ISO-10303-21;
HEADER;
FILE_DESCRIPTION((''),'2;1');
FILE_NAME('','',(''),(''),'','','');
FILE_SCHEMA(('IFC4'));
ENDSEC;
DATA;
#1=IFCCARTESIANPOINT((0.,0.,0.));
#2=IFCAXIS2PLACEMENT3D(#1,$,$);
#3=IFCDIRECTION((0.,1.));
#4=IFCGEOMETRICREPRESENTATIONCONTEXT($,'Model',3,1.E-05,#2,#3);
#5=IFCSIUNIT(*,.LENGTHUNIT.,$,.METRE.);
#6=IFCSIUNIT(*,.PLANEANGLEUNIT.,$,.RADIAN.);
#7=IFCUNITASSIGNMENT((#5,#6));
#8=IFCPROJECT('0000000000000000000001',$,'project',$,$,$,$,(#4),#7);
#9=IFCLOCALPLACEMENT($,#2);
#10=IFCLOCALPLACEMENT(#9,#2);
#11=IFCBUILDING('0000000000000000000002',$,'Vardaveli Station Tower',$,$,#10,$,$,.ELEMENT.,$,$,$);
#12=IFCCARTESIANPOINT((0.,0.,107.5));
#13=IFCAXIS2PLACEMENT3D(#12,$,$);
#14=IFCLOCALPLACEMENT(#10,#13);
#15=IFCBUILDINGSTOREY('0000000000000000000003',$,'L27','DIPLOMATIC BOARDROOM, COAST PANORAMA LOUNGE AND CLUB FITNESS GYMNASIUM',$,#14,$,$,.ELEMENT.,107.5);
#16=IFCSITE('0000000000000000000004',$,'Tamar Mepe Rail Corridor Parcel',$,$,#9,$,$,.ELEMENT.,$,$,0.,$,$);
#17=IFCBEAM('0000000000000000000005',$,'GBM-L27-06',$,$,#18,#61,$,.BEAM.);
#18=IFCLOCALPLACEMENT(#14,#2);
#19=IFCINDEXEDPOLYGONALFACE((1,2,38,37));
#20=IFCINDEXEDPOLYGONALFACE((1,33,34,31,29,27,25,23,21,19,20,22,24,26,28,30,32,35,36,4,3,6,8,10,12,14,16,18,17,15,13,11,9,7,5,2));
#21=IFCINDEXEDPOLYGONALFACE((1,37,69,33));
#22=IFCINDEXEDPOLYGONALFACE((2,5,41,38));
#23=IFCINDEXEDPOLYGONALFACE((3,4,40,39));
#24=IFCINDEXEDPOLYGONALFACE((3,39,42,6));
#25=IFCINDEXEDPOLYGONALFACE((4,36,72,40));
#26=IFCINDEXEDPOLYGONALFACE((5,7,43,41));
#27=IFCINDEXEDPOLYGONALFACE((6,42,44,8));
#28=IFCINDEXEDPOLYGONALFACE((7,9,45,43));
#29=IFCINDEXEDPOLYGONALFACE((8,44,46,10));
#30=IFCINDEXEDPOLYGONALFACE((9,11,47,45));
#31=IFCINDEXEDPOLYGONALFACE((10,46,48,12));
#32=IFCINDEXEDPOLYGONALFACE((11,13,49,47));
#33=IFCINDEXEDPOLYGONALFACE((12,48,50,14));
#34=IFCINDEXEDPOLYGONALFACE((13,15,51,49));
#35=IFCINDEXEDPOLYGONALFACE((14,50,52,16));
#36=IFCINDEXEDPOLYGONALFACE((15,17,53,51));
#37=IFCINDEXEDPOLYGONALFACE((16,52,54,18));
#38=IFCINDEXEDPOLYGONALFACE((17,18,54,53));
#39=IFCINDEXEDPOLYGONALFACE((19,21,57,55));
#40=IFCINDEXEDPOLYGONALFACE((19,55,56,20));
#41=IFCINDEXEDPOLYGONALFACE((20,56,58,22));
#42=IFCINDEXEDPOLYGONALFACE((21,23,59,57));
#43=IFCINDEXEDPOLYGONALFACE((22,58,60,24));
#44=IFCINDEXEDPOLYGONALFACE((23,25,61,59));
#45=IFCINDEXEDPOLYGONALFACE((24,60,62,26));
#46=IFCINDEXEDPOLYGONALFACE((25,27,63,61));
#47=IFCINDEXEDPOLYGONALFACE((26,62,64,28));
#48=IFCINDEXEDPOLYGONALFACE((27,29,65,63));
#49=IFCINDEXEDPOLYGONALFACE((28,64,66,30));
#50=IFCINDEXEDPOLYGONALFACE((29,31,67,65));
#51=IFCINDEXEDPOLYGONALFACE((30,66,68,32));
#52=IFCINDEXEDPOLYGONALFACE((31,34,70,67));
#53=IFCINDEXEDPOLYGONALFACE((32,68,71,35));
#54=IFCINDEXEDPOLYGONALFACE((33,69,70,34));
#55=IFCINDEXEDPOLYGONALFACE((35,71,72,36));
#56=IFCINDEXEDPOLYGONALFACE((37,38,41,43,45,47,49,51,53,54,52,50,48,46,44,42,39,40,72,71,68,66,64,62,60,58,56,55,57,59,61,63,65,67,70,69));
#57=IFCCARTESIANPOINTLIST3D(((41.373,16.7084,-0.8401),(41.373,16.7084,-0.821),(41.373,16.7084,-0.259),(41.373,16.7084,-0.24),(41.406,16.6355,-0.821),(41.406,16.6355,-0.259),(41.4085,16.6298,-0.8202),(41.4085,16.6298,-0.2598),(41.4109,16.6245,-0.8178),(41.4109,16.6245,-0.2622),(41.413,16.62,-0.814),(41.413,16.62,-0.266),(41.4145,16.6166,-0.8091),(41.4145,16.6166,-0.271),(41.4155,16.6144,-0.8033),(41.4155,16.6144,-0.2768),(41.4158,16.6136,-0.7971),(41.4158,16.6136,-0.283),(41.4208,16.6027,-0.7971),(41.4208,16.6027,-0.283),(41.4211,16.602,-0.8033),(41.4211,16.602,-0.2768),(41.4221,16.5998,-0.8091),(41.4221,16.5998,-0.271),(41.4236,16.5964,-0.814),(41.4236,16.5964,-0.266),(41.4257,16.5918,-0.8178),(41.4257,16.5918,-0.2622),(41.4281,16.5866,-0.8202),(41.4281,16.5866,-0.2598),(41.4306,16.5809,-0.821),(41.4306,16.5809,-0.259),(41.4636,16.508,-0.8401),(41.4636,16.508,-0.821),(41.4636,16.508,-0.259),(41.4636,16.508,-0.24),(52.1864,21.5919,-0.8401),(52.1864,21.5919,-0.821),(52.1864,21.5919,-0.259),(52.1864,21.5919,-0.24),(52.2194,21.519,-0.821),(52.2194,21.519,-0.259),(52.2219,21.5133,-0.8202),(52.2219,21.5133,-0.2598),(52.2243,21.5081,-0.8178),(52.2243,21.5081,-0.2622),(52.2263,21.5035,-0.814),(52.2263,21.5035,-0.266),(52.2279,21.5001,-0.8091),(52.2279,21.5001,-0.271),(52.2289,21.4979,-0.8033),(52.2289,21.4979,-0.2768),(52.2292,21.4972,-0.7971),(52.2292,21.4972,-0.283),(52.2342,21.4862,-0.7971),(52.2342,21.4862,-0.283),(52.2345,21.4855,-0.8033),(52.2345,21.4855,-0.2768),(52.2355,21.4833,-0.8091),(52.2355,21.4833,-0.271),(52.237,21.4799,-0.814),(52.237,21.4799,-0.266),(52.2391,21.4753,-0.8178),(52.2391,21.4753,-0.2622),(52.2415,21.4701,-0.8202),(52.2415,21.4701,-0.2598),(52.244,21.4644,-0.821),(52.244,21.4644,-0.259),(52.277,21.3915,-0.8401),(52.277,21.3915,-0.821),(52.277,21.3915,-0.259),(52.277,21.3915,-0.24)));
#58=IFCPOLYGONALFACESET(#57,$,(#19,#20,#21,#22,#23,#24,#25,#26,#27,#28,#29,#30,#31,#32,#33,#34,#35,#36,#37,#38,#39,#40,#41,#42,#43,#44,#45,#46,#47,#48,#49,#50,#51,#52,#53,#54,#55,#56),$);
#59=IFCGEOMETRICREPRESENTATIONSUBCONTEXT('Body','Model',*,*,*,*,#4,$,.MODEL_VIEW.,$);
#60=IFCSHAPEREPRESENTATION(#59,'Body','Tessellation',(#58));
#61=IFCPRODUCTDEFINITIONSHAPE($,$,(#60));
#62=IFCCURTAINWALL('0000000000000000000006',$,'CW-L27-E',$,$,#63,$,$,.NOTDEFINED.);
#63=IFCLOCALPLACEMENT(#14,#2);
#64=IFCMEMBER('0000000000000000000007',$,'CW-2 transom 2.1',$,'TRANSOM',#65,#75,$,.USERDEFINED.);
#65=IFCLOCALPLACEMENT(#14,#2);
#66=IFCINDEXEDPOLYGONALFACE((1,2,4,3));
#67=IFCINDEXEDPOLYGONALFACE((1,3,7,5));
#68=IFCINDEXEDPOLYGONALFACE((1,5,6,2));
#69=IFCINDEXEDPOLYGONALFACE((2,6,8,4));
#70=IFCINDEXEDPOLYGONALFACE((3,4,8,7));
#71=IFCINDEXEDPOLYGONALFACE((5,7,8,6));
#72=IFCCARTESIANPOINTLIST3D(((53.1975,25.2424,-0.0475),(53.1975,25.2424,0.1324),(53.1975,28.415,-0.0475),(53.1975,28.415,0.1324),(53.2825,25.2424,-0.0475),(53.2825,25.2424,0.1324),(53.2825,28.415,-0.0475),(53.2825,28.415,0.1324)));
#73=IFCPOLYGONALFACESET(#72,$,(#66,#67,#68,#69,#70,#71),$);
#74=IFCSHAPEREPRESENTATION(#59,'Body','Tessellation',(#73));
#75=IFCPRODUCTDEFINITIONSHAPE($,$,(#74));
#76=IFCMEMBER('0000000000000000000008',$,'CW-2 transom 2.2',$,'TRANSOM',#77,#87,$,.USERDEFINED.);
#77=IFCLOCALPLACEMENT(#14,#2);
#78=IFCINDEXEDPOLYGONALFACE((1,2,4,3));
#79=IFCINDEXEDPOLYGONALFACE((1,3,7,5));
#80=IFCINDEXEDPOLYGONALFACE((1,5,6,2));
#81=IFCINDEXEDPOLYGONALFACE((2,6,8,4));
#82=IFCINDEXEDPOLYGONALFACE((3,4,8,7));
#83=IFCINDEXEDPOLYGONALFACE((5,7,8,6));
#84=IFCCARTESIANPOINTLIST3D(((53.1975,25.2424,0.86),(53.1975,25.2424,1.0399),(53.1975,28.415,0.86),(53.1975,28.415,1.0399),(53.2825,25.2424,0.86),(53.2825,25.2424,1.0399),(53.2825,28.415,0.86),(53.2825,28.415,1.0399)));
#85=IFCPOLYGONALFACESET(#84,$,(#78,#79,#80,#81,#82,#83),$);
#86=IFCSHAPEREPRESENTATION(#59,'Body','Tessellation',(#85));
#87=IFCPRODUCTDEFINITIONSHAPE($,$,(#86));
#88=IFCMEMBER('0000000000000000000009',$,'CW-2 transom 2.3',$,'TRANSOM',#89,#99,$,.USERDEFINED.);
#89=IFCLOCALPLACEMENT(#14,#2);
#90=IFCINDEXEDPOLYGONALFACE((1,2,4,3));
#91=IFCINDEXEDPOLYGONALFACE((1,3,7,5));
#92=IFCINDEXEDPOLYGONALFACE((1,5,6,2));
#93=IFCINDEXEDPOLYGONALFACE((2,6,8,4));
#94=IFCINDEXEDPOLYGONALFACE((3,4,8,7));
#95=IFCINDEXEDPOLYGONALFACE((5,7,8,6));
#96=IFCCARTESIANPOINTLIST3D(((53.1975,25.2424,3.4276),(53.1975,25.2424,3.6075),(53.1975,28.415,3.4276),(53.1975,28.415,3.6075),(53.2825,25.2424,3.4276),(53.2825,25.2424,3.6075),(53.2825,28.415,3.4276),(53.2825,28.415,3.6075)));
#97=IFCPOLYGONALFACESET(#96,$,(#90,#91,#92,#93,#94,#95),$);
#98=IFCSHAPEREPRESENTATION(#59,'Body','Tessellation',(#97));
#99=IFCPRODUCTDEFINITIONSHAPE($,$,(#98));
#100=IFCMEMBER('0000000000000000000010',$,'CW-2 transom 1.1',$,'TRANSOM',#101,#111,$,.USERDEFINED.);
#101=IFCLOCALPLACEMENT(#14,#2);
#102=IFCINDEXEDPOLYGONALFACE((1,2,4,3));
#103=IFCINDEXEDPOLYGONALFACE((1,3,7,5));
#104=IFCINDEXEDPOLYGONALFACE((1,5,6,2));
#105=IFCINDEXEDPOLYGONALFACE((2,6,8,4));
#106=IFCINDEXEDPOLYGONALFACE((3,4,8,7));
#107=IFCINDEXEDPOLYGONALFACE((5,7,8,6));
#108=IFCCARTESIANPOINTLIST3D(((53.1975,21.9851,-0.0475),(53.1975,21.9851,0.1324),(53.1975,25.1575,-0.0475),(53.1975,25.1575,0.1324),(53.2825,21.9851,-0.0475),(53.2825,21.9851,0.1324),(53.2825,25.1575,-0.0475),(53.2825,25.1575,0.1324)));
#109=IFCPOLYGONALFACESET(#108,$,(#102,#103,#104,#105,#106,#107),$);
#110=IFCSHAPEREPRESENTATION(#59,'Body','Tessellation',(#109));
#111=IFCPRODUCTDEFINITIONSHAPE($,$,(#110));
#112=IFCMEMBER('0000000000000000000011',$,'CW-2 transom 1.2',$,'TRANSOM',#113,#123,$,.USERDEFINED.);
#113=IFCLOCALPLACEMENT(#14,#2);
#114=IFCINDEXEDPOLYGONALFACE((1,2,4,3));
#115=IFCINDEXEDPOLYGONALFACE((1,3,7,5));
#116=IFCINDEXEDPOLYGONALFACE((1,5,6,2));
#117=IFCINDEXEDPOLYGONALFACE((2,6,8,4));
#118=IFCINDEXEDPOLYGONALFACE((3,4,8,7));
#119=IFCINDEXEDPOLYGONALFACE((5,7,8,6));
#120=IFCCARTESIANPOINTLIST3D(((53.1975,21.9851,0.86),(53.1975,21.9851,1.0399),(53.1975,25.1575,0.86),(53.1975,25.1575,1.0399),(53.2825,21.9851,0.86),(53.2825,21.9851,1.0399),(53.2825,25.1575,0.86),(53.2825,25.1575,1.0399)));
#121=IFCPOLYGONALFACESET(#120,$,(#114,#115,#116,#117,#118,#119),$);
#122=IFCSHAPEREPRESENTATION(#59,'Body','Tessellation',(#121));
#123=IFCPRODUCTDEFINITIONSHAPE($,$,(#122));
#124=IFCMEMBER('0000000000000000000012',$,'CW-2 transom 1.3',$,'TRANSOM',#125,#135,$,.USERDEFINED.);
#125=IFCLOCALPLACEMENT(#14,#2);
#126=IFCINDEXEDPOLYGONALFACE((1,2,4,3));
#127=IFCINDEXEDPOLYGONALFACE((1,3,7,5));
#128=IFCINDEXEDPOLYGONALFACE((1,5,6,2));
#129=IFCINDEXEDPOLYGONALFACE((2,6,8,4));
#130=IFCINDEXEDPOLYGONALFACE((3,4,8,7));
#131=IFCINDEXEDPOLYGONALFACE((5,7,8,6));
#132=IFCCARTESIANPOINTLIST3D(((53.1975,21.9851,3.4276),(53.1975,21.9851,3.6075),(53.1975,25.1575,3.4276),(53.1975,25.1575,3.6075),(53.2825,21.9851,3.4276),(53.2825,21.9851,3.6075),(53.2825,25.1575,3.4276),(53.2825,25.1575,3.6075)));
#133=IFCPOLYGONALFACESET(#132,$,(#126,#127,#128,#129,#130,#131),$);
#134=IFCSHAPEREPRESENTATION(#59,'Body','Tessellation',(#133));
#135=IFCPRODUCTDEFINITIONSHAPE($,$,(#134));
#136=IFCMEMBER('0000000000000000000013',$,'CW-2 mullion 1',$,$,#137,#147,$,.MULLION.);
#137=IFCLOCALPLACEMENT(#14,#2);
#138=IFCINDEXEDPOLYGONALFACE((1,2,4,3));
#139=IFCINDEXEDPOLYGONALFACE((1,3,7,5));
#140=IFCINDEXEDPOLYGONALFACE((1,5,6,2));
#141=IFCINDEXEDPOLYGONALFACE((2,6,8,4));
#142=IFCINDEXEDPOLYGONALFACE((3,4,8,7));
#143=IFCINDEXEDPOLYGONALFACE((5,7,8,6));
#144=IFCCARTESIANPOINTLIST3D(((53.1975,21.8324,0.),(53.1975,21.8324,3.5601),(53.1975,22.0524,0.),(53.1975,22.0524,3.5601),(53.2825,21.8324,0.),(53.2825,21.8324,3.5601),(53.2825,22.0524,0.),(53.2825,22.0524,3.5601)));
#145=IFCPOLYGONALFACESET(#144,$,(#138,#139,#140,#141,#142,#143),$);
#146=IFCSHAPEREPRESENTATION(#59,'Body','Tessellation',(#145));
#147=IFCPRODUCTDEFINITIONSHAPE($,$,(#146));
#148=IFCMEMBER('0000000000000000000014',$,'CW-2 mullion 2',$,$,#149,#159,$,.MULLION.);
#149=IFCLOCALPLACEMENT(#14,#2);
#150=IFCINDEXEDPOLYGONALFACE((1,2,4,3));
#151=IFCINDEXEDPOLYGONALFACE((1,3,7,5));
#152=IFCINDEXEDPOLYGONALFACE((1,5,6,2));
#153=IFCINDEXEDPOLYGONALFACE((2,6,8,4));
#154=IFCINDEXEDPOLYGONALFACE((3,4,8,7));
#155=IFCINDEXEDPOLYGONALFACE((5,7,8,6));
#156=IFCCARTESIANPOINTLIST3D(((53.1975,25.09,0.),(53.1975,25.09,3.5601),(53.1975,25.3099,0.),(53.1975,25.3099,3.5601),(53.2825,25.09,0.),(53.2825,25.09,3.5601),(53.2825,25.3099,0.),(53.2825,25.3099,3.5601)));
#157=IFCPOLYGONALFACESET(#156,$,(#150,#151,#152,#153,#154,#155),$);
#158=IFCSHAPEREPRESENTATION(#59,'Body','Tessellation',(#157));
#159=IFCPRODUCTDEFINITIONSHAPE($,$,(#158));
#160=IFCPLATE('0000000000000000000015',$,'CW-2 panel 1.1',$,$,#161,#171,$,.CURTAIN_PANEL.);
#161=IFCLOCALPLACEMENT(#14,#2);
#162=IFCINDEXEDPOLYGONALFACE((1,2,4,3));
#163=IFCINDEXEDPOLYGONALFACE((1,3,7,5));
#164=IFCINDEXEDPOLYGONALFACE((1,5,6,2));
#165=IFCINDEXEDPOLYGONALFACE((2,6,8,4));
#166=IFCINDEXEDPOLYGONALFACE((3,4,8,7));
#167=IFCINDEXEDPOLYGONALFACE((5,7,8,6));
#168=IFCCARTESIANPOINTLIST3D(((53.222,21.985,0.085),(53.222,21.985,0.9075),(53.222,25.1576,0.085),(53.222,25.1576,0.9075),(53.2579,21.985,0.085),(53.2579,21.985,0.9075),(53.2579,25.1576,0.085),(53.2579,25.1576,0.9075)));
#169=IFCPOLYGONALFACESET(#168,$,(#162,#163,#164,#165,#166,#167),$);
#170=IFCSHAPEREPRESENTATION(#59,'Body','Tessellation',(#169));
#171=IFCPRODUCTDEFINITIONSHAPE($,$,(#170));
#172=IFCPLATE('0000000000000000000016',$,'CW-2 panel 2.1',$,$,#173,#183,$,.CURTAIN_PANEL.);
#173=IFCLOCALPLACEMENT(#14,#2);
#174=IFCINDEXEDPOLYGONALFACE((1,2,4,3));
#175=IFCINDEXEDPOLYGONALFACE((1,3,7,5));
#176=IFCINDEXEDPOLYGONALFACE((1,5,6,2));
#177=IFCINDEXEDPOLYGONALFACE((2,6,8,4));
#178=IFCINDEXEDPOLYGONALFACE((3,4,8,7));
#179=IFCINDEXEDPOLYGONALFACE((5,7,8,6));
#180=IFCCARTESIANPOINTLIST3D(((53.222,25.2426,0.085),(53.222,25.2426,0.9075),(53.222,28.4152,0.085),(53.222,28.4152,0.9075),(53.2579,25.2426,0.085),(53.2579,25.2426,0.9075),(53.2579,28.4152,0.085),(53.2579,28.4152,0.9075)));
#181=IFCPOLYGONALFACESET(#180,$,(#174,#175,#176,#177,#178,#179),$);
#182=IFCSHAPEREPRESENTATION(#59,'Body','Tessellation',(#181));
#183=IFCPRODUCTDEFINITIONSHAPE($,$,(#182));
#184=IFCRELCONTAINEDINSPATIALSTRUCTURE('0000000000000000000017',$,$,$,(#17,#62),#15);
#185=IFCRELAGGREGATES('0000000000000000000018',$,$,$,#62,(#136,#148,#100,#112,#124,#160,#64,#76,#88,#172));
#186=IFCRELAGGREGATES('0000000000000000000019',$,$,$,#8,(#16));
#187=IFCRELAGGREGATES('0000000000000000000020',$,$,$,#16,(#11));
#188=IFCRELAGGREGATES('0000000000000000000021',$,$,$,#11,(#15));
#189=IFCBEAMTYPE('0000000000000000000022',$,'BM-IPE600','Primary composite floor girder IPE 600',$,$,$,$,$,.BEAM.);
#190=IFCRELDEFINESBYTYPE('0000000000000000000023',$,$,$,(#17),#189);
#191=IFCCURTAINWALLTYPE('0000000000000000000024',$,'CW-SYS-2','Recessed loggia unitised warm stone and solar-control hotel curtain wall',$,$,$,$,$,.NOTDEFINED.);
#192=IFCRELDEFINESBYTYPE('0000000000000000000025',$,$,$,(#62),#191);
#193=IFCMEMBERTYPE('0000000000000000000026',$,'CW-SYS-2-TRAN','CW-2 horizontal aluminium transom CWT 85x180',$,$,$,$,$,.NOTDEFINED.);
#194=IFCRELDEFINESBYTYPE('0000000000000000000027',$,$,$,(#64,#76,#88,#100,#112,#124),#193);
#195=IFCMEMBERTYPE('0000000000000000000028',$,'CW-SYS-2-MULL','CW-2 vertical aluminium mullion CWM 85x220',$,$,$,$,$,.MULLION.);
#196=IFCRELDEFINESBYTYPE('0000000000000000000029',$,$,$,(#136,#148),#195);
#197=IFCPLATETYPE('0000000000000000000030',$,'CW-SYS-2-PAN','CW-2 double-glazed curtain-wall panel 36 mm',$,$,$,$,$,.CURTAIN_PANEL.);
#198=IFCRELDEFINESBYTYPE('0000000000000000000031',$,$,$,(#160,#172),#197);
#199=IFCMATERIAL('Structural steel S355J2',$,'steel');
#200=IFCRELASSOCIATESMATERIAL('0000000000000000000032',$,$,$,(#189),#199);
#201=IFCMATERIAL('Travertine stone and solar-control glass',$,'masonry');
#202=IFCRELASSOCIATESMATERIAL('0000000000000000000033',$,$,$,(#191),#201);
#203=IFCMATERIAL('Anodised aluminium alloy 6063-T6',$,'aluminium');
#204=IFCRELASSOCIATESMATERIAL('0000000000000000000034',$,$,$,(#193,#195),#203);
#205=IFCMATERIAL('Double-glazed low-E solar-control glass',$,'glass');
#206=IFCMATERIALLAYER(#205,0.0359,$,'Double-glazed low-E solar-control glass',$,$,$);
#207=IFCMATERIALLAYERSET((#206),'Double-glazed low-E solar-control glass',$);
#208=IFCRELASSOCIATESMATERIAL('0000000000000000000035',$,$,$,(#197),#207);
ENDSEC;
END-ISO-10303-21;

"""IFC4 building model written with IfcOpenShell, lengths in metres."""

from ifc_helpers import new_model, si_unit, direction, frame, origin, origin_2d, place, context, subcontext, project, spatial, rectangle, i_section, extrude, source, transform, mapped, material, layer, layer_set, material_profile, profile_set, type_object, element, aggregate, save


model = new_model("IFC4")

# Units and contexts
model_context = context("Model", 3, precision=1e-05, world=origin(), true_north=direction((0.0, 1.0)))
body_context = subcontext(model_context, "Body", "Model", "MODEL_VIEW")
ifc_project = project(units=[si_unit("LENGTHUNIT", "METRE"), si_unit("PLANEANGLEUNIT", "RADIAN")], contexts=[model_context])

# Site, building, storey
site_placement = place(None, origin())
site = spatial("IfcSite", under=ifc_project, at=site_placement, Name="Tamar Mepe Rail Corridor Parcel", CompositionType="ELEMENT", RefElevation=0.0)
building_placement = place(site_placement, origin())
building = spatial("IfcBuilding", under=site, at=building_placement, Name="Vardaveli Station Tower", CompositionType="ELEMENT")
storey_placement = place(building_placement, frame((0.0, 0.0, 107.5)))
storey = spatial("IfcBuildingStorey", under=building, at=storey_placement, Name="L27", Description="DIPLOMATIC BOARDROOM, COAST PANORAMA LOUNGE AND CLUB FITNESS GYMNASIUM", CompositionType="ELEMENT", Elevation=107.5)

# Beam
ifc_material_1 = material(Name="Structural steel S355J2", Category="steel")
ifc_material_profile_1 = material_profile(ifc_material_1, i_section(OverallWidth=0.22, OverallDepth=0.6001, WebThickness=0.012, FlangeThickness=0.019, FilletRadius=0.0239, at=origin_2d()), Name="IPE 600")
ifc_profile_set_1 = profile_set([ifc_material_profile_1], Name="Structural steel S355J2")
beam_type_1 = type_object("IfcBeamType", Name="BM-IPE600", Description="Primary composite floor girder IPE 600", PredefinedType="BEAM", material=ifc_profile_set_1)
shared_shape_1 = source(origin(), body_context, "Body", "SweptSolid", [
    extrude(i_section(OverallWidth=0.22, OverallDepth=0.6001, WebThickness=0.012, FlangeThickness=0.019, FilletRadius=0.0239, at=origin_2d()), origin(), (0.0, 0.0, 1.0), 11.865),
])
beam_1_placement = place(storey_placement, frame((52.2317, 21.4917, -0.54), z_axis=(-0.911369, -0.411589, 0.0), x_axis=(0.411589, -0.911369, 0.0)))
element("IfcBeam", 1, at=beam_1_placement, inside=storey, type_object=beam_type_1, Name="GBM-L27-06", PredefinedType="BEAM", context=body_context, shape_type="MappedRepresentation", body=[
    mapped(shared_shape_1, transform((0.0, 0.0, 0.0), scale=1.0)),
])

# Curtain wall, members, plates
ifc_material_2 = material(Name="Travertine stone and solar-control glass", Category="masonry")
curtain_wall_type = type_object("IfcCurtainWallType", Name="CW-SYS-2", Description="Recessed loggia unitised warm stone and solar-control hotel curtain wall", PredefinedType="NOTDEFINED", material=ifc_material_2)
curtain_wall_placement = place(storey_placement, origin())
curtain_wall = element("IfcCurtainWall", 2, at=curtain_wall_placement, inside=storey, type_object=curtain_wall_type, Name="CW-L27-E", PredefinedType="NOTDEFINED")
ifc_material_3 = material(Name="Anodised aluminium alloy 6063-T6", Category="aluminium")
ifc_material_profile_2 = material_profile(ifc_material_3, rectangle(XDim=0.085, YDim=0.1799, at=origin_2d()), Name="CWT 85x180")
ifc_profile_set_2 = profile_set([ifc_material_profile_2], Name="Anodised aluminium alloy 6063-T6")
member_type_1 = type_object("IfcMemberType", Name="CW-SYS-2-TRAN", Description="CW-2 horizontal aluminium transom CWT 85x180", PredefinedType="NOTDEFINED", material=ifc_profile_set_2)
shared_shape_2 = source(origin(), body_context, "Body", "SweptSolid", [
    extrude(rectangle(XDim=0.085, YDim=0.1799, at=origin_2d()), origin(), (0.0, 0.0, 1.0), 3.1726),
])
member_1_placement = place(storey_placement, frame((53.24, 25.2424, 0.0425), z_axis=(0.0, 1.0, 0.0), x_axis=(-1.0, 0.0, 0.0)))
member_1 = element("IfcMember", 3, at=member_1_placement, type_object=member_type_1, Name="CW-2 transom 2.1", ObjectType="TRANSOM", PredefinedType="USERDEFINED", context=body_context, shape_type="MappedRepresentation", body=[
    mapped(shared_shape_2, transform((0.0, 0.0, 0.0), scale=1.0)),
])
member_2_placement = place(storey_placement, frame((53.24, 25.2424, 0.95), z_axis=(0.0, 1.0, 0.0), x_axis=(-1.0, 0.0, 0.0)))
member_2 = element("IfcMember", 4, at=member_2_placement, type_object=member_type_1, Name="CW-2 transom 2.2", ObjectType="TRANSOM", PredefinedType="USERDEFINED", context=body_context, shape_type="MappedRepresentation", body=[
    mapped(shared_shape_2, transform((0.0, 0.0, 0.0), scale=1.0)),
])
member_3_placement = place(storey_placement, frame((53.24, 25.2424, 3.5176), z_axis=(0.0, 1.0, 0.0), x_axis=(-1.0, 0.0, 0.0)))
member_3 = element("IfcMember", 5, at=member_3_placement, type_object=member_type_1, Name="CW-2 transom 2.3", ObjectType="TRANSOM", PredefinedType="USERDEFINED", context=body_context, shape_type="MappedRepresentation", body=[
    mapped(shared_shape_2, transform((0.0, 0.0, 0.0), scale=1.0)),
])
shared_shape_3 = source(origin(), body_context, "Body", "SweptSolid", [
    extrude(rectangle(XDim=0.085, YDim=0.1799, at=origin_2d()), origin(), (0.0, 0.0, 1.0), 3.1724),
])
member_4_placement = place(storey_placement, frame((53.24, 21.9851, 0.0425), z_axis=(0.0, 1.0, 0.0), x_axis=(-1.0, 0.0, 0.0)))
member_4 = element("IfcMember", 6, at=member_4_placement, type_object=member_type_1, Name="CW-2 transom 1.1", ObjectType="TRANSOM", PredefinedType="USERDEFINED", context=body_context, shape_type="MappedRepresentation", body=[
    mapped(shared_shape_3, transform((0.0, 0.0, 0.0), scale=1.0)),
])
member_5_placement = place(storey_placement, frame((53.24, 21.9851, 0.95), z_axis=(0.0, 1.0, 0.0), x_axis=(-1.0, 0.0, 0.0)))
member_5 = element("IfcMember", 7, at=member_5_placement, type_object=member_type_1, Name="CW-2 transom 1.2", ObjectType="TRANSOM", PredefinedType="USERDEFINED", context=body_context, shape_type="MappedRepresentation", body=[
    mapped(shared_shape_3, transform((0.0, 0.0, 0.0), scale=1.0)),
])
member_6_placement = place(storey_placement, frame((53.24, 21.9851, 3.5176), z_axis=(0.0, 1.0, 0.0), x_axis=(-1.0, 0.0, 0.0)))
member_6 = element("IfcMember", 8, at=member_6_placement, type_object=member_type_1, Name="CW-2 transom 1.3", ObjectType="TRANSOM", PredefinedType="USERDEFINED", context=body_context, shape_type="MappedRepresentation", body=[
    mapped(shared_shape_3, transform((0.0, 0.0, 0.0), scale=1.0)),
])
ifc_material_profile_3 = material_profile(ifc_material_3, rectangle(XDim=0.085, YDim=0.22, at=origin_2d()), Name="CWM 85x220")
ifc_profile_set_3 = profile_set([ifc_material_profile_3], Name="Anodised aluminium alloy 6063-T6")
member_type_2 = type_object("IfcMemberType", Name="CW-SYS-2-MULL", Description="CW-2 vertical aluminium mullion CWM 85x220", PredefinedType="MULLION", material=ifc_profile_set_3)
shared_shape_4 = source(origin(), body_context, "Body", "SweptSolid", [
    extrude(rectangle(XDim=0.085, YDim=0.22, at=origin_2d()), origin(), (0.0, 0.0, 1.0), 3.5601),
])
member_7_placement = place(storey_placement, frame((53.24, 21.9424, 0.0), z_axis=(0.0, 0.0, 1.0), x_axis=(-1.0, 0.0, 0.0)))
member_7 = element("IfcMember", 9, at=member_7_placement, type_object=member_type_2, Name="CW-2 mullion 1", PredefinedType="MULLION", context=body_context, shape_type="MappedRepresentation", body=[
    mapped(shared_shape_4, transform((0.0, 0.0, 0.0), scale=1.0)),
])
member_8_placement = place(storey_placement, frame((53.24, 25.2, 0.0), z_axis=(0.0, 0.0, 1.0), x_axis=(-1.0, 0.0, 0.0)))
member_8 = element("IfcMember", 10, at=member_8_placement, type_object=member_type_2, Name="CW-2 mullion 2", PredefinedType="MULLION", context=body_context, shape_type="MappedRepresentation", body=[
    mapped(shared_shape_4, transform((0.0, 0.0, 0.0), scale=1.0)),
])
ifc_material_4 = material(Name="Double-glazed low-E solar-control glass", Category="glass")
ifc_layer_1 = layer(ifc_material_4, 0.0359, Name="Double-glazed low-E solar-control glass")
ifc_layer_set_1 = layer_set([ifc_layer_1], Name="Double-glazed low-E solar-control glass")
plate_type = type_object("IfcPlateType", Name="CW-SYS-2-PAN", Description="CW-2 double-glazed curtain-wall panel 36 mm", PredefinedType="CURTAIN_PANEL", material=ifc_layer_set_1)
shared_shape_5 = source(origin(), body_context, "Body", "SweptSolid", [
    extrude(rectangle(XDim=3.1726, YDim=0.0359, at=origin_2d()), origin(), (0.0, 0.0, 1.0), 0.8225),
])
plate_1_placement = place(storey_placement, frame((53.24, 23.5713, 0.085), z_axis=(0.0, 0.0, 1.0), x_axis=(0.0, 1.0, 0.0)))
plate_1 = element("IfcPlate", 11, at=plate_1_placement, type_object=plate_type, Name="CW-2 panel 1.1", PredefinedType="CURTAIN_PANEL", context=body_context, shape_type="MappedRepresentation", body=[
    mapped(shared_shape_5, transform((0.0, 0.0, 0.0), scale=1.0)),
])
plate_2_placement = place(storey_placement, frame((53.24, 26.8289, 0.085), z_axis=(0.0, 0.0, 1.0), x_axis=(0.0, 1.0, 0.0)))
plate_2 = element("IfcPlate", 12, at=plate_2_placement, type_object=plate_type, Name="CW-2 panel 2.1", PredefinedType="CURTAIN_PANEL", context=body_context, shape_type="MappedRepresentation", body=[
    mapped(shared_shape_5, transform((0.0, 0.0, 0.0), scale=1.0)),
])
aggregate(curtain_wall, [member_7, member_8, member_4, member_5, member_6, plate_1, member_1, member_2, member_3, plate_2])

save(model, "model.ifc")
